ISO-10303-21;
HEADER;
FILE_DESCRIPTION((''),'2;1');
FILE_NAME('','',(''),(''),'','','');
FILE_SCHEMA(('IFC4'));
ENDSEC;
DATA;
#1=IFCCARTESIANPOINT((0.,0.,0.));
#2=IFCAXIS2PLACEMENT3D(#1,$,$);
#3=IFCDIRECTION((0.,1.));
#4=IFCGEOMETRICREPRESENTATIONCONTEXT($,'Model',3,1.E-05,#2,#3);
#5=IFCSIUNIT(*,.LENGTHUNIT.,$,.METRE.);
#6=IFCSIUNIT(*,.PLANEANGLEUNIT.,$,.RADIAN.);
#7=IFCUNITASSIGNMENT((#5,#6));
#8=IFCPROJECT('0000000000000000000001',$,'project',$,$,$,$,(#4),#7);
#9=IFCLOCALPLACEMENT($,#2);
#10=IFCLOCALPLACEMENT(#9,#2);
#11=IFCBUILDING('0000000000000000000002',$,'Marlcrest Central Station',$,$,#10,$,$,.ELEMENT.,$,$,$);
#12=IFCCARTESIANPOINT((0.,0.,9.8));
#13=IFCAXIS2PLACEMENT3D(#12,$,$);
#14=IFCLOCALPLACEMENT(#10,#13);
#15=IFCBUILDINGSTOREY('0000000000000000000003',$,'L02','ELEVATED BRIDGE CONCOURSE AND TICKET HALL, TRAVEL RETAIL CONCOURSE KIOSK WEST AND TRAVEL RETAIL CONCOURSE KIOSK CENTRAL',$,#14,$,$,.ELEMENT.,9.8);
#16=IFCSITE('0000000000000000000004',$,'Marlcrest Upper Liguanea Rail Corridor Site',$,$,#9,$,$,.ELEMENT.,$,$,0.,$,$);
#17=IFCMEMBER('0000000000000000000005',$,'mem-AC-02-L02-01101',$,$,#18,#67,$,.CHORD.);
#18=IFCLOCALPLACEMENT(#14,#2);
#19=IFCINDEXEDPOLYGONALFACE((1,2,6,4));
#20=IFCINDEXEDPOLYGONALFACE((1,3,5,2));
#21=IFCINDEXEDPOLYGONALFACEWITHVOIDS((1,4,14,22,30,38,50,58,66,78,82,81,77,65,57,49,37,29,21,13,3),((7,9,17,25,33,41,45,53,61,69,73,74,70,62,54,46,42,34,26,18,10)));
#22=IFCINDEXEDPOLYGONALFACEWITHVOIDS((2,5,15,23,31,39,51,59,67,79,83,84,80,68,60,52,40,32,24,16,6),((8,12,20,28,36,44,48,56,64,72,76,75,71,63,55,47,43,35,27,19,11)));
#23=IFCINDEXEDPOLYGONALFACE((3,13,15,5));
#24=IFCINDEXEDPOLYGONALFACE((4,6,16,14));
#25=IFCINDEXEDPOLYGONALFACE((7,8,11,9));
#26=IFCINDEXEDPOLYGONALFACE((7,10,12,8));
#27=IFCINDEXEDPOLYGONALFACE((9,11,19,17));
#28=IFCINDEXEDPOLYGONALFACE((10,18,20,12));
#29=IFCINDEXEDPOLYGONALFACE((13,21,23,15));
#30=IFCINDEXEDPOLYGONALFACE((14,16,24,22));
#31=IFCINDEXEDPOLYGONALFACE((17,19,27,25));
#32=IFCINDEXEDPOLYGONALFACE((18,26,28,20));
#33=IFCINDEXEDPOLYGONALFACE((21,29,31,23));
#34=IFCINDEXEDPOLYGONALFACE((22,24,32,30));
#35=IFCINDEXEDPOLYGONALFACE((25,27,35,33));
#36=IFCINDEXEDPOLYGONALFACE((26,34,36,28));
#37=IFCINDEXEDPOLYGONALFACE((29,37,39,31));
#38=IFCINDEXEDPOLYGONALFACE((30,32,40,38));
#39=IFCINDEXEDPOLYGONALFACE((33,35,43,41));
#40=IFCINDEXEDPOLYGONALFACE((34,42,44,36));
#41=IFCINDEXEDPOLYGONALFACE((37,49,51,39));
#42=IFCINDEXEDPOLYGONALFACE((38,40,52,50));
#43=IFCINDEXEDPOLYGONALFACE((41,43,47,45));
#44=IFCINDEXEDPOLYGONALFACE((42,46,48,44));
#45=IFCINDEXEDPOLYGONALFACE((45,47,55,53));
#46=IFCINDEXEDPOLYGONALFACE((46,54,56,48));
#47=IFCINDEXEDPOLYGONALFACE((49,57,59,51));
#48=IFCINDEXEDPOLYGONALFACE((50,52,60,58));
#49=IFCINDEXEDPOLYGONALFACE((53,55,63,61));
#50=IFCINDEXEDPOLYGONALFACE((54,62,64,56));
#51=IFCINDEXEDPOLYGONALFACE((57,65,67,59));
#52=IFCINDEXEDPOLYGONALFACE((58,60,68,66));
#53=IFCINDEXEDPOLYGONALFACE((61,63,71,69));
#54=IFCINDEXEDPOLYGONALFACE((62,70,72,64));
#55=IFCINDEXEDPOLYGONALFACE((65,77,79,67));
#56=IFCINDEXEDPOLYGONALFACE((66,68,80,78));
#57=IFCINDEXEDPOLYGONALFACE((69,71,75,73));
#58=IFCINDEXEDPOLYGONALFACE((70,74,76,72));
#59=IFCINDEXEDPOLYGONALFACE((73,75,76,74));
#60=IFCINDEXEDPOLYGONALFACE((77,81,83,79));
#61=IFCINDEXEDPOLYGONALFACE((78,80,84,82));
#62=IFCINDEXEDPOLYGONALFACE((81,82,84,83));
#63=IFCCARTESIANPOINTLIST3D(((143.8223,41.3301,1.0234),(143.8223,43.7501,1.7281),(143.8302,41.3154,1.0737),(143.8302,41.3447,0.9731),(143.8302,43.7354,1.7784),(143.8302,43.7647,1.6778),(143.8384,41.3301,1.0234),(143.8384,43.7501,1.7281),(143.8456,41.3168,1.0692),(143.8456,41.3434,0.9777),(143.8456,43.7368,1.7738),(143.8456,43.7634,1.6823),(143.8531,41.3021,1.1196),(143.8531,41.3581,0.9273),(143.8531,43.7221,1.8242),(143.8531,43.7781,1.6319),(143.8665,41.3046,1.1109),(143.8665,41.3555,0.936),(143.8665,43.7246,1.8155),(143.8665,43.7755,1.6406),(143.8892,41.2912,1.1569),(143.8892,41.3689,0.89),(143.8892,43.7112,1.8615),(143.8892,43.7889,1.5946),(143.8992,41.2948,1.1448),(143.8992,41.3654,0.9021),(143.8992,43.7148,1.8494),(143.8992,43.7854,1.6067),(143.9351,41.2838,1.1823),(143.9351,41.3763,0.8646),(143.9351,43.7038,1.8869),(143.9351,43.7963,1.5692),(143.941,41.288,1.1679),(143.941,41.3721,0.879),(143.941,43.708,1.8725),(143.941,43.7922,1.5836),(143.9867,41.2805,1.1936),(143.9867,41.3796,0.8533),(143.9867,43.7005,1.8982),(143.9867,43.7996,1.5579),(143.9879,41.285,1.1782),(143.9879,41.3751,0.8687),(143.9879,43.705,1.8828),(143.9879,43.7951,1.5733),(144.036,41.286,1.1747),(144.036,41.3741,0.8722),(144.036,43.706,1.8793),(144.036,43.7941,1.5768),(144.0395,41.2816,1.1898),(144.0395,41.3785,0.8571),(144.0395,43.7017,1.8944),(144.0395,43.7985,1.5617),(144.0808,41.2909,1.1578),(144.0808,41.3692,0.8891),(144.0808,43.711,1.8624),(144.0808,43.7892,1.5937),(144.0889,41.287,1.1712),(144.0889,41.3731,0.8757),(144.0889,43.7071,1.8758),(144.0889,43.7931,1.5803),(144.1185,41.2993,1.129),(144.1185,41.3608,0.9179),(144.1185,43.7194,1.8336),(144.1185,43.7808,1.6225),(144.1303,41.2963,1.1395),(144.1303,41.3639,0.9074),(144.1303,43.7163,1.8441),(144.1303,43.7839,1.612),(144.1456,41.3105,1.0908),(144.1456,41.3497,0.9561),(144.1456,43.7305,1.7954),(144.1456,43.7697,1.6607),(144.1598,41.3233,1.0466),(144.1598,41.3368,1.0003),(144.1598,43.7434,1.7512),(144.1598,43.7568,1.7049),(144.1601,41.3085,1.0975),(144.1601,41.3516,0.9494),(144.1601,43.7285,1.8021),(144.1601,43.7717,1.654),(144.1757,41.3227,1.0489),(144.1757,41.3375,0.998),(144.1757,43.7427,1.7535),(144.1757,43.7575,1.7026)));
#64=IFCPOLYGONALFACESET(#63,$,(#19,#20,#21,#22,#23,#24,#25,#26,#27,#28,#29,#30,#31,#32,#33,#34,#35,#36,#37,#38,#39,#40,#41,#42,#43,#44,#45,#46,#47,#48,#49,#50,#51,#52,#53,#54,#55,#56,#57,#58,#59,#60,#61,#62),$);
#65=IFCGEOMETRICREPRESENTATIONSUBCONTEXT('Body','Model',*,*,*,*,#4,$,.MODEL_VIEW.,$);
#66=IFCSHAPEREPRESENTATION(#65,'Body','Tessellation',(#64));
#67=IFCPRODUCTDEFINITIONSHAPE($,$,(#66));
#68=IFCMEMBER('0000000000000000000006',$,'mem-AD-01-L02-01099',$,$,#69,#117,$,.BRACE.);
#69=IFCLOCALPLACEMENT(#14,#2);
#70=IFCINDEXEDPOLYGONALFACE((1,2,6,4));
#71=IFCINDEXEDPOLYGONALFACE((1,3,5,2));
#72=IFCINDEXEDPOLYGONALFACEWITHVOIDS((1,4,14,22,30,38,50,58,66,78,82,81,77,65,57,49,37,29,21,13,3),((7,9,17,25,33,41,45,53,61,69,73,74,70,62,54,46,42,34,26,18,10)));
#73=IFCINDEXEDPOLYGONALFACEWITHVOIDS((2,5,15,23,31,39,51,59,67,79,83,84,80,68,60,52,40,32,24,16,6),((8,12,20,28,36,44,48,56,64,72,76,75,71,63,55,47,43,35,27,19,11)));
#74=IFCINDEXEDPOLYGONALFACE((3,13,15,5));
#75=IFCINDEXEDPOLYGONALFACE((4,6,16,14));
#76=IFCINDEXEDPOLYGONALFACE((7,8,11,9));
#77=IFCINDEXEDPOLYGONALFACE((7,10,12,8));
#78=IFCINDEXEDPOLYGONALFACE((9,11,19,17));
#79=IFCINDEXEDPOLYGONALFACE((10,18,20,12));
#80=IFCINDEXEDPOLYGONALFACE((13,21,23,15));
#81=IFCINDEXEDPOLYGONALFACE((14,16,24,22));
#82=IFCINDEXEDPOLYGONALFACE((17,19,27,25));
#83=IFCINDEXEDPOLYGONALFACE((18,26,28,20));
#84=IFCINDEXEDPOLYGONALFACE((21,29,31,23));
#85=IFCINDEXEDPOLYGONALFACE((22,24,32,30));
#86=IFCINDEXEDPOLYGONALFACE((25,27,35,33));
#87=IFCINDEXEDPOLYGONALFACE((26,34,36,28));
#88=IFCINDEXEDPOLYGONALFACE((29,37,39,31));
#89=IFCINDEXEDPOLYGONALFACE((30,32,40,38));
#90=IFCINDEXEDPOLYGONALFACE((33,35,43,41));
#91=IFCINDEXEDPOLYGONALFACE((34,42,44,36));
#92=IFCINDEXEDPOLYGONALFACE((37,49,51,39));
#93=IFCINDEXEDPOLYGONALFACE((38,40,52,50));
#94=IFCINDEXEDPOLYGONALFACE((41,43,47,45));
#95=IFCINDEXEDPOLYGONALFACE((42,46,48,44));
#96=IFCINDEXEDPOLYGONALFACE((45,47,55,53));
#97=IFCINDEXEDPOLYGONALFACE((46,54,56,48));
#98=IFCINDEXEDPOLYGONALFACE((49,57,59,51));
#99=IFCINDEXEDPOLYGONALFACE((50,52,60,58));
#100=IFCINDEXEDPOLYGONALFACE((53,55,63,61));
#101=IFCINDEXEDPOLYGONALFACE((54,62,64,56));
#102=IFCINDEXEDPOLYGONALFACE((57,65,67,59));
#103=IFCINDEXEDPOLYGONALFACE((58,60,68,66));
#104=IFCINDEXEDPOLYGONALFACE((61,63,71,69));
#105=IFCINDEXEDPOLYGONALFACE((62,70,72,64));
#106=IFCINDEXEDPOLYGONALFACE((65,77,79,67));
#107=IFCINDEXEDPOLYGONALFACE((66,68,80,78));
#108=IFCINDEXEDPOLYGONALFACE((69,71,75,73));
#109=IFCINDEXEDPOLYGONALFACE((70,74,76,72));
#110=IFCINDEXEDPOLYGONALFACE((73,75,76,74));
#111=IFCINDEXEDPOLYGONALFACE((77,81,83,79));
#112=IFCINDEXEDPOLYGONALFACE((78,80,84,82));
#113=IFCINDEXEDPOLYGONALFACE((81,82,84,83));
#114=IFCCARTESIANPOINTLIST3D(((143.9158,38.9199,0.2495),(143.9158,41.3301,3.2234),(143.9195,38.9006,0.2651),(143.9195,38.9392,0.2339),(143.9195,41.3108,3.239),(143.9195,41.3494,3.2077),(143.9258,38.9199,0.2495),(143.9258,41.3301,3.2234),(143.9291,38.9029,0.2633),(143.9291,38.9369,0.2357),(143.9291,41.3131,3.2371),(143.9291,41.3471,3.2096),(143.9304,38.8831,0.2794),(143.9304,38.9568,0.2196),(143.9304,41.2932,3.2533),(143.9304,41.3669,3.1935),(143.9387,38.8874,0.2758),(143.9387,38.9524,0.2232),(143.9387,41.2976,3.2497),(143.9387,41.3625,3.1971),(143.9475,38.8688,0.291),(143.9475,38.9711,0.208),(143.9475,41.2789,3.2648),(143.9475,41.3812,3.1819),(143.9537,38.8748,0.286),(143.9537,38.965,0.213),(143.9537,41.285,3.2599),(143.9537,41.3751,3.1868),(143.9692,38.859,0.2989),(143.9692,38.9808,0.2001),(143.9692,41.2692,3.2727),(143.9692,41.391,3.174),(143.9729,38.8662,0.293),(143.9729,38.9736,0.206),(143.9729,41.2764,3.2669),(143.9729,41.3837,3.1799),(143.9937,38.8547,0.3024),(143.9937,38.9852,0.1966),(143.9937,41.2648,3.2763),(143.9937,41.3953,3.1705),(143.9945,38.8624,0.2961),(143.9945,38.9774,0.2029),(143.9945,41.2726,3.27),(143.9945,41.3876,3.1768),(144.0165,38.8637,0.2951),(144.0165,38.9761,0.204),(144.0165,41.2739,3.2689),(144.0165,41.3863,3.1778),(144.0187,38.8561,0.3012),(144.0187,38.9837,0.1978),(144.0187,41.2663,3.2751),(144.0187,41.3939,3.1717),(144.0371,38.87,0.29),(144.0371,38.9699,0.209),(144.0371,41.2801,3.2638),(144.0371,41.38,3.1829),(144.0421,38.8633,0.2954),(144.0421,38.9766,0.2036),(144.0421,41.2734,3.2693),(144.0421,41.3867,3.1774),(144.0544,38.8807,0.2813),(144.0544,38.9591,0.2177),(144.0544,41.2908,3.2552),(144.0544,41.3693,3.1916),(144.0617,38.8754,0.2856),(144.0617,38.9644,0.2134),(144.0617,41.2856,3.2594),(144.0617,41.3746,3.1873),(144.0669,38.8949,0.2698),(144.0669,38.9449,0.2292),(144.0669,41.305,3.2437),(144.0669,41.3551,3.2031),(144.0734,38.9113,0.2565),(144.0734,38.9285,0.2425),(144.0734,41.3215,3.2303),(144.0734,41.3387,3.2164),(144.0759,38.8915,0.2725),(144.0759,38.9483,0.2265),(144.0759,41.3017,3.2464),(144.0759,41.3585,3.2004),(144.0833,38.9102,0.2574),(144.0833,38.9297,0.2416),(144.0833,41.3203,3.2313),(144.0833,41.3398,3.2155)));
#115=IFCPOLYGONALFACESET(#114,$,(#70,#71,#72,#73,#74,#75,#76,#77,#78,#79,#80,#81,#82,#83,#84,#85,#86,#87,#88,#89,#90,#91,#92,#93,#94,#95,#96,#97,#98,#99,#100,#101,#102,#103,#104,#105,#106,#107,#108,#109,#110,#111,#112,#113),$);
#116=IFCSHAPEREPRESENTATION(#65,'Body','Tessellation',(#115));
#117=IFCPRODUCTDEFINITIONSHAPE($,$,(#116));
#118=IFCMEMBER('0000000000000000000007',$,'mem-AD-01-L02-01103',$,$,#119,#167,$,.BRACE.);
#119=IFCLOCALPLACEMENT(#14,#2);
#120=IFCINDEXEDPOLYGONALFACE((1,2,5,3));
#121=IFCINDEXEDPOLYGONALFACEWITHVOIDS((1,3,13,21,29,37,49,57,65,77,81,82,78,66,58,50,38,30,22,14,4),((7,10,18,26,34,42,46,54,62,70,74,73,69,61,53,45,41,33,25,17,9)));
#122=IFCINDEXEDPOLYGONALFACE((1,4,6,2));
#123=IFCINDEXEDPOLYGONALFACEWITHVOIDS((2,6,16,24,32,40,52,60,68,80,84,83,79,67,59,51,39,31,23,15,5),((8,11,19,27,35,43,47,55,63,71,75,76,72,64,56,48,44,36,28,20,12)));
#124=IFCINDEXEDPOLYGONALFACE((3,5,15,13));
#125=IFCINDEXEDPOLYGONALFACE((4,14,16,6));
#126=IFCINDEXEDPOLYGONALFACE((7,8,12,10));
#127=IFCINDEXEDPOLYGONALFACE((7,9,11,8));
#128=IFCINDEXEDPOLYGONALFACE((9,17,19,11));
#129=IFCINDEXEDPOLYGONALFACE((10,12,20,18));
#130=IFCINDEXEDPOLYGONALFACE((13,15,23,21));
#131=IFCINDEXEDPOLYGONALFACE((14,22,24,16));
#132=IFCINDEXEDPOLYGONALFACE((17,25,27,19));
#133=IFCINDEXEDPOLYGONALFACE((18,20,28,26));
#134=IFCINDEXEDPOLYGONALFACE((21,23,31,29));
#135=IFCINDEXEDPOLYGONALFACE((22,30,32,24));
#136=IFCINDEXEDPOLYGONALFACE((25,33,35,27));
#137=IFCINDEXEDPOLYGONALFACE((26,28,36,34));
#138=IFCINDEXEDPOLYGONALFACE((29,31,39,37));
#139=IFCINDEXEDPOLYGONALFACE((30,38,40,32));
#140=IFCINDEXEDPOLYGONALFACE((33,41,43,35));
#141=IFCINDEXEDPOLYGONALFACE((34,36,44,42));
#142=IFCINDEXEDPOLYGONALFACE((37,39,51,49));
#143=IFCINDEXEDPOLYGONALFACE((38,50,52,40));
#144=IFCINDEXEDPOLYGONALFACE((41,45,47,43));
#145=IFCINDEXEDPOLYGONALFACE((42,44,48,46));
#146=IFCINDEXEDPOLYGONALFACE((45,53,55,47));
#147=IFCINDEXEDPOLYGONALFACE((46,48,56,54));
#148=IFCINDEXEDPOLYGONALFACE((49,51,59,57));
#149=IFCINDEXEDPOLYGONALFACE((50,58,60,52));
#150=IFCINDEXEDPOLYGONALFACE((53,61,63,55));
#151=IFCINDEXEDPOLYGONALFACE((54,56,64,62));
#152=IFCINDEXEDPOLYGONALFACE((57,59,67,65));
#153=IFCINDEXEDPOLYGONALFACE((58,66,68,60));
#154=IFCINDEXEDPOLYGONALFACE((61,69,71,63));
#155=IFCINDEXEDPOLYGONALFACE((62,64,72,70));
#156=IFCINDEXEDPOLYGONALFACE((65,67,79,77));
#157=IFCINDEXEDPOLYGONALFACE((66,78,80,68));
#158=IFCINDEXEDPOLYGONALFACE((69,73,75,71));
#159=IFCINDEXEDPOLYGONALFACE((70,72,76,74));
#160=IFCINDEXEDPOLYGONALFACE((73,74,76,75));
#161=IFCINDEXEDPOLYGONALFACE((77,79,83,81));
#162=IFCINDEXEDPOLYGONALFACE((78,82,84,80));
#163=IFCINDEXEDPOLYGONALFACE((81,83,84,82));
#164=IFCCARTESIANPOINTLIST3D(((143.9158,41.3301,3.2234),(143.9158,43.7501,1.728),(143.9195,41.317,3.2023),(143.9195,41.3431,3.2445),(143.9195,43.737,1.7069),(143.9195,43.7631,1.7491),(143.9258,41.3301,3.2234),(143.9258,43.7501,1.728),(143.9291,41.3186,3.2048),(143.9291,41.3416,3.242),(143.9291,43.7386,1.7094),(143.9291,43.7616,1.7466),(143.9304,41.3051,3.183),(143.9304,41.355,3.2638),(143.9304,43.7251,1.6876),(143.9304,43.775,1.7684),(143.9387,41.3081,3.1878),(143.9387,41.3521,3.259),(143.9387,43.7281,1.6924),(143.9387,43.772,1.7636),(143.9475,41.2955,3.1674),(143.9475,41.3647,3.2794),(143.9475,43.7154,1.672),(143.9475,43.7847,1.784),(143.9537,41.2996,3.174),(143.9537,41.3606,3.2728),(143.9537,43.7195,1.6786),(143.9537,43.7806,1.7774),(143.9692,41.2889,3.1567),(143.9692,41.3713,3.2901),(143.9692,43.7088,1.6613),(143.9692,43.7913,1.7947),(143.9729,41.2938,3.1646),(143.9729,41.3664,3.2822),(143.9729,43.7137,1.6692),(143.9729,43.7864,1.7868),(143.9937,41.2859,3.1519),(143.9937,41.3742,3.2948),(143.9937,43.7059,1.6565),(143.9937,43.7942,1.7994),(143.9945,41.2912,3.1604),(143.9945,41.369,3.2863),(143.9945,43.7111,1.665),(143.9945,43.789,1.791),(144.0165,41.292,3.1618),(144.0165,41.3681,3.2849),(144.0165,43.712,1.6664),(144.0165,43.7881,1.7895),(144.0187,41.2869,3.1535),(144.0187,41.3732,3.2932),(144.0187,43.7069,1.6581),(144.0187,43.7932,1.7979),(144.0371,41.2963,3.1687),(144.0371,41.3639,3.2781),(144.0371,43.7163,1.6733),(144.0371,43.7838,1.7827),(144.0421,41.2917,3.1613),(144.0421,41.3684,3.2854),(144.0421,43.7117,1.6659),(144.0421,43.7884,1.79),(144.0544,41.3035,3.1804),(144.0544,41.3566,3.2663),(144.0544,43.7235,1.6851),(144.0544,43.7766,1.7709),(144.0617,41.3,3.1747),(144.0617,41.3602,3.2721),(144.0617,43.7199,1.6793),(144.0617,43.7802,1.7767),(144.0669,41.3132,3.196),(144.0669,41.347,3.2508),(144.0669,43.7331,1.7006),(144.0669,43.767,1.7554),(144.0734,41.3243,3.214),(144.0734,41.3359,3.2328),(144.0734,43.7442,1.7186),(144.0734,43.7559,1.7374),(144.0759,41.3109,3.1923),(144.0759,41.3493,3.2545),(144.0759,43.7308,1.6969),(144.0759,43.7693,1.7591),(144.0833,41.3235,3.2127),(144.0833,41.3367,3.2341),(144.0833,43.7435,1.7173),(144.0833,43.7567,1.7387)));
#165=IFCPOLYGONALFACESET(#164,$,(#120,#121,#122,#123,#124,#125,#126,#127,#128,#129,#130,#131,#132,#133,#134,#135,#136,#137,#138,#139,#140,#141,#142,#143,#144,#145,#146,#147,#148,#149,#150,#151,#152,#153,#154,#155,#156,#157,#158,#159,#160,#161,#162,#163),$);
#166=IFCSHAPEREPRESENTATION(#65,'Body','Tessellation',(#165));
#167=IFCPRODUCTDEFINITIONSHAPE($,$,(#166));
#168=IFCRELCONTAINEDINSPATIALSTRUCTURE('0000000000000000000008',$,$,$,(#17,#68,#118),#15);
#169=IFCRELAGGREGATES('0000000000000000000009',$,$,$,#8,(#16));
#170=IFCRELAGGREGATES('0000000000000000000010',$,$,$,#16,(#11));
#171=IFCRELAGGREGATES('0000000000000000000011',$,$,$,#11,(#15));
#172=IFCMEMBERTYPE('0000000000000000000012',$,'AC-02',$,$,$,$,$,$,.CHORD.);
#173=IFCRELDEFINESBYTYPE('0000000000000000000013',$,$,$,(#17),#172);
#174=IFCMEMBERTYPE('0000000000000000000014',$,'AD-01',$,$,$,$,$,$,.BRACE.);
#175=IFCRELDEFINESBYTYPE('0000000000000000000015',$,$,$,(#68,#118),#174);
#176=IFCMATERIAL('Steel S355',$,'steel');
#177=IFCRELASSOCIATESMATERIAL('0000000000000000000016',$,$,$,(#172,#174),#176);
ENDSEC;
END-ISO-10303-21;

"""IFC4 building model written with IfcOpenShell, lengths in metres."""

from ifc_helpers import new_model, si_unit, direction, frame, origin, origin_2d, place, context, subcontext, project, spatial, hollow_circle, extrude, material, material_profile, profile_set, type_object, element, save


model = new_model("IFC4")

# Units and contexts
model_context = context("Model", 3, precision=1e-05, world=origin(), true_north=direction((0.0, 1.0)))
body_context = subcontext(model_context, "Body", "Model", "MODEL_VIEW")
ifc_project = project(units=[si_unit("LENGTHUNIT", "METRE"), si_unit("PLANEANGLEUNIT", "RADIAN")], contexts=[model_context])

# Site, building, storey
site_placement = place(None, origin())
site = spatial("IfcSite", under=ifc_project, at=site_placement, Name="Marlcrest Upper Liguanea Rail Corridor Site", CompositionType="ELEMENT", RefElevation=0.0)
building_placement = place(site_placement, origin())
building = spatial("IfcBuilding", under=site, at=building_placement, Name="Marlcrest Central Station", CompositionType="ELEMENT")
storey_placement = place(building_placement, frame((0.0, 0.0, 9.8)))
storey = spatial("IfcBuildingStorey", under=building, at=storey_placement, Name="L02", Description="ELEVATED BRIDGE CONCOURSE AND TICKET HALL, TRAVEL RETAIL CONCOURSE KIOSK WEST AND TRAVEL RETAIL CONCOURSE KIOSK CENTRAL", CompositionType="ELEMENT", Elevation=9.8)

# Members
ifc_material_1 = material(Name="Steel S355", Category="steel")
ifc_material_profile_1 = material_profile(ifc_material_1, hollow_circle(Radius=0.1777, WallThickness=0.0161, at=origin_2d()), Name="CHS 355.6x16")
ifc_profile_set_1 = profile_set([ifc_material_profile_1], Name="Steel S355")
member_type_1 = type_object("IfcMemberType", Name="AC-02", PredefinedType="CHORD", material=ifc_profile_set_1)
member_1_placement = place(storey_placement, frame((144.0, 41.3301, 1.0234), z_axis=(0.0, 0.96013, 0.279554), x_axis=(-1.0, 0.0, 0.0)))
element("IfcMember", 1, at=member_1_placement, inside=storey, type_object=member_type_1, Name="mem-AC-02-L02-01101", PredefinedType="CHORD", context=body_context, shape_type="SweptSolid", body=[
    extrude(hollow_circle(Radius=0.1777, WallThickness=0.0161, at=origin_2d()), origin(), (0.0, 0.0, 1.0), 2.5205),
])
ifc_material_profile_2 = material_profile(ifc_material_1, hollow_circle(Radius=0.0842, WallThickness=0.01, at=origin_2d()), Name="CHS 168.3x10")
ifc_profile_set_2 = profile_set([ifc_material_profile_2], Name="Steel S355")
member_type_2 = type_object("IfcMemberType", Name="AD-01", PredefinedType="BRACE", material=ifc_profile_set_2)
member_2_placement = place(storey_placement, frame((144.0, 38.9199, 0.2495), z_axis=(0.0, 0.629629, 0.776896), x_axis=(-1.0, 0.0, 0.0)))
element("IfcMember", 2, at=member_2_placement, inside=storey, type_object=member_type_2, Name="mem-AD-01-L02-01099", PredefinedType="BRACE", context=body_context, shape_type="SweptSolid", body=[
    extrude(hollow_circle(Radius=0.0842, WallThickness=0.01, at=origin_2d()), origin(), (0.0, 0.0, 1.0), 3.8279),
])
member_3_placement = place(storey_placement, frame((144.0, 41.3301, 3.2234), z_axis=(0.0, 0.850687, -0.525672), x_axis=(-1.0, 0.0, 0.0)))
element("IfcMember", 3, at=member_3_placement, inside=storey, type_object=member_type_2, Name="mem-AD-01-L02-01103", PredefinedType="BRACE", context=body_context, shape_type="SweptSolid", body=[
    extrude(hollow_circle(Radius=0.0842, WallThickness=0.01, at=origin_2d()), origin(), (0.0, 0.0, 1.0), 2.8447),
])

save(model, "model.ifc")
